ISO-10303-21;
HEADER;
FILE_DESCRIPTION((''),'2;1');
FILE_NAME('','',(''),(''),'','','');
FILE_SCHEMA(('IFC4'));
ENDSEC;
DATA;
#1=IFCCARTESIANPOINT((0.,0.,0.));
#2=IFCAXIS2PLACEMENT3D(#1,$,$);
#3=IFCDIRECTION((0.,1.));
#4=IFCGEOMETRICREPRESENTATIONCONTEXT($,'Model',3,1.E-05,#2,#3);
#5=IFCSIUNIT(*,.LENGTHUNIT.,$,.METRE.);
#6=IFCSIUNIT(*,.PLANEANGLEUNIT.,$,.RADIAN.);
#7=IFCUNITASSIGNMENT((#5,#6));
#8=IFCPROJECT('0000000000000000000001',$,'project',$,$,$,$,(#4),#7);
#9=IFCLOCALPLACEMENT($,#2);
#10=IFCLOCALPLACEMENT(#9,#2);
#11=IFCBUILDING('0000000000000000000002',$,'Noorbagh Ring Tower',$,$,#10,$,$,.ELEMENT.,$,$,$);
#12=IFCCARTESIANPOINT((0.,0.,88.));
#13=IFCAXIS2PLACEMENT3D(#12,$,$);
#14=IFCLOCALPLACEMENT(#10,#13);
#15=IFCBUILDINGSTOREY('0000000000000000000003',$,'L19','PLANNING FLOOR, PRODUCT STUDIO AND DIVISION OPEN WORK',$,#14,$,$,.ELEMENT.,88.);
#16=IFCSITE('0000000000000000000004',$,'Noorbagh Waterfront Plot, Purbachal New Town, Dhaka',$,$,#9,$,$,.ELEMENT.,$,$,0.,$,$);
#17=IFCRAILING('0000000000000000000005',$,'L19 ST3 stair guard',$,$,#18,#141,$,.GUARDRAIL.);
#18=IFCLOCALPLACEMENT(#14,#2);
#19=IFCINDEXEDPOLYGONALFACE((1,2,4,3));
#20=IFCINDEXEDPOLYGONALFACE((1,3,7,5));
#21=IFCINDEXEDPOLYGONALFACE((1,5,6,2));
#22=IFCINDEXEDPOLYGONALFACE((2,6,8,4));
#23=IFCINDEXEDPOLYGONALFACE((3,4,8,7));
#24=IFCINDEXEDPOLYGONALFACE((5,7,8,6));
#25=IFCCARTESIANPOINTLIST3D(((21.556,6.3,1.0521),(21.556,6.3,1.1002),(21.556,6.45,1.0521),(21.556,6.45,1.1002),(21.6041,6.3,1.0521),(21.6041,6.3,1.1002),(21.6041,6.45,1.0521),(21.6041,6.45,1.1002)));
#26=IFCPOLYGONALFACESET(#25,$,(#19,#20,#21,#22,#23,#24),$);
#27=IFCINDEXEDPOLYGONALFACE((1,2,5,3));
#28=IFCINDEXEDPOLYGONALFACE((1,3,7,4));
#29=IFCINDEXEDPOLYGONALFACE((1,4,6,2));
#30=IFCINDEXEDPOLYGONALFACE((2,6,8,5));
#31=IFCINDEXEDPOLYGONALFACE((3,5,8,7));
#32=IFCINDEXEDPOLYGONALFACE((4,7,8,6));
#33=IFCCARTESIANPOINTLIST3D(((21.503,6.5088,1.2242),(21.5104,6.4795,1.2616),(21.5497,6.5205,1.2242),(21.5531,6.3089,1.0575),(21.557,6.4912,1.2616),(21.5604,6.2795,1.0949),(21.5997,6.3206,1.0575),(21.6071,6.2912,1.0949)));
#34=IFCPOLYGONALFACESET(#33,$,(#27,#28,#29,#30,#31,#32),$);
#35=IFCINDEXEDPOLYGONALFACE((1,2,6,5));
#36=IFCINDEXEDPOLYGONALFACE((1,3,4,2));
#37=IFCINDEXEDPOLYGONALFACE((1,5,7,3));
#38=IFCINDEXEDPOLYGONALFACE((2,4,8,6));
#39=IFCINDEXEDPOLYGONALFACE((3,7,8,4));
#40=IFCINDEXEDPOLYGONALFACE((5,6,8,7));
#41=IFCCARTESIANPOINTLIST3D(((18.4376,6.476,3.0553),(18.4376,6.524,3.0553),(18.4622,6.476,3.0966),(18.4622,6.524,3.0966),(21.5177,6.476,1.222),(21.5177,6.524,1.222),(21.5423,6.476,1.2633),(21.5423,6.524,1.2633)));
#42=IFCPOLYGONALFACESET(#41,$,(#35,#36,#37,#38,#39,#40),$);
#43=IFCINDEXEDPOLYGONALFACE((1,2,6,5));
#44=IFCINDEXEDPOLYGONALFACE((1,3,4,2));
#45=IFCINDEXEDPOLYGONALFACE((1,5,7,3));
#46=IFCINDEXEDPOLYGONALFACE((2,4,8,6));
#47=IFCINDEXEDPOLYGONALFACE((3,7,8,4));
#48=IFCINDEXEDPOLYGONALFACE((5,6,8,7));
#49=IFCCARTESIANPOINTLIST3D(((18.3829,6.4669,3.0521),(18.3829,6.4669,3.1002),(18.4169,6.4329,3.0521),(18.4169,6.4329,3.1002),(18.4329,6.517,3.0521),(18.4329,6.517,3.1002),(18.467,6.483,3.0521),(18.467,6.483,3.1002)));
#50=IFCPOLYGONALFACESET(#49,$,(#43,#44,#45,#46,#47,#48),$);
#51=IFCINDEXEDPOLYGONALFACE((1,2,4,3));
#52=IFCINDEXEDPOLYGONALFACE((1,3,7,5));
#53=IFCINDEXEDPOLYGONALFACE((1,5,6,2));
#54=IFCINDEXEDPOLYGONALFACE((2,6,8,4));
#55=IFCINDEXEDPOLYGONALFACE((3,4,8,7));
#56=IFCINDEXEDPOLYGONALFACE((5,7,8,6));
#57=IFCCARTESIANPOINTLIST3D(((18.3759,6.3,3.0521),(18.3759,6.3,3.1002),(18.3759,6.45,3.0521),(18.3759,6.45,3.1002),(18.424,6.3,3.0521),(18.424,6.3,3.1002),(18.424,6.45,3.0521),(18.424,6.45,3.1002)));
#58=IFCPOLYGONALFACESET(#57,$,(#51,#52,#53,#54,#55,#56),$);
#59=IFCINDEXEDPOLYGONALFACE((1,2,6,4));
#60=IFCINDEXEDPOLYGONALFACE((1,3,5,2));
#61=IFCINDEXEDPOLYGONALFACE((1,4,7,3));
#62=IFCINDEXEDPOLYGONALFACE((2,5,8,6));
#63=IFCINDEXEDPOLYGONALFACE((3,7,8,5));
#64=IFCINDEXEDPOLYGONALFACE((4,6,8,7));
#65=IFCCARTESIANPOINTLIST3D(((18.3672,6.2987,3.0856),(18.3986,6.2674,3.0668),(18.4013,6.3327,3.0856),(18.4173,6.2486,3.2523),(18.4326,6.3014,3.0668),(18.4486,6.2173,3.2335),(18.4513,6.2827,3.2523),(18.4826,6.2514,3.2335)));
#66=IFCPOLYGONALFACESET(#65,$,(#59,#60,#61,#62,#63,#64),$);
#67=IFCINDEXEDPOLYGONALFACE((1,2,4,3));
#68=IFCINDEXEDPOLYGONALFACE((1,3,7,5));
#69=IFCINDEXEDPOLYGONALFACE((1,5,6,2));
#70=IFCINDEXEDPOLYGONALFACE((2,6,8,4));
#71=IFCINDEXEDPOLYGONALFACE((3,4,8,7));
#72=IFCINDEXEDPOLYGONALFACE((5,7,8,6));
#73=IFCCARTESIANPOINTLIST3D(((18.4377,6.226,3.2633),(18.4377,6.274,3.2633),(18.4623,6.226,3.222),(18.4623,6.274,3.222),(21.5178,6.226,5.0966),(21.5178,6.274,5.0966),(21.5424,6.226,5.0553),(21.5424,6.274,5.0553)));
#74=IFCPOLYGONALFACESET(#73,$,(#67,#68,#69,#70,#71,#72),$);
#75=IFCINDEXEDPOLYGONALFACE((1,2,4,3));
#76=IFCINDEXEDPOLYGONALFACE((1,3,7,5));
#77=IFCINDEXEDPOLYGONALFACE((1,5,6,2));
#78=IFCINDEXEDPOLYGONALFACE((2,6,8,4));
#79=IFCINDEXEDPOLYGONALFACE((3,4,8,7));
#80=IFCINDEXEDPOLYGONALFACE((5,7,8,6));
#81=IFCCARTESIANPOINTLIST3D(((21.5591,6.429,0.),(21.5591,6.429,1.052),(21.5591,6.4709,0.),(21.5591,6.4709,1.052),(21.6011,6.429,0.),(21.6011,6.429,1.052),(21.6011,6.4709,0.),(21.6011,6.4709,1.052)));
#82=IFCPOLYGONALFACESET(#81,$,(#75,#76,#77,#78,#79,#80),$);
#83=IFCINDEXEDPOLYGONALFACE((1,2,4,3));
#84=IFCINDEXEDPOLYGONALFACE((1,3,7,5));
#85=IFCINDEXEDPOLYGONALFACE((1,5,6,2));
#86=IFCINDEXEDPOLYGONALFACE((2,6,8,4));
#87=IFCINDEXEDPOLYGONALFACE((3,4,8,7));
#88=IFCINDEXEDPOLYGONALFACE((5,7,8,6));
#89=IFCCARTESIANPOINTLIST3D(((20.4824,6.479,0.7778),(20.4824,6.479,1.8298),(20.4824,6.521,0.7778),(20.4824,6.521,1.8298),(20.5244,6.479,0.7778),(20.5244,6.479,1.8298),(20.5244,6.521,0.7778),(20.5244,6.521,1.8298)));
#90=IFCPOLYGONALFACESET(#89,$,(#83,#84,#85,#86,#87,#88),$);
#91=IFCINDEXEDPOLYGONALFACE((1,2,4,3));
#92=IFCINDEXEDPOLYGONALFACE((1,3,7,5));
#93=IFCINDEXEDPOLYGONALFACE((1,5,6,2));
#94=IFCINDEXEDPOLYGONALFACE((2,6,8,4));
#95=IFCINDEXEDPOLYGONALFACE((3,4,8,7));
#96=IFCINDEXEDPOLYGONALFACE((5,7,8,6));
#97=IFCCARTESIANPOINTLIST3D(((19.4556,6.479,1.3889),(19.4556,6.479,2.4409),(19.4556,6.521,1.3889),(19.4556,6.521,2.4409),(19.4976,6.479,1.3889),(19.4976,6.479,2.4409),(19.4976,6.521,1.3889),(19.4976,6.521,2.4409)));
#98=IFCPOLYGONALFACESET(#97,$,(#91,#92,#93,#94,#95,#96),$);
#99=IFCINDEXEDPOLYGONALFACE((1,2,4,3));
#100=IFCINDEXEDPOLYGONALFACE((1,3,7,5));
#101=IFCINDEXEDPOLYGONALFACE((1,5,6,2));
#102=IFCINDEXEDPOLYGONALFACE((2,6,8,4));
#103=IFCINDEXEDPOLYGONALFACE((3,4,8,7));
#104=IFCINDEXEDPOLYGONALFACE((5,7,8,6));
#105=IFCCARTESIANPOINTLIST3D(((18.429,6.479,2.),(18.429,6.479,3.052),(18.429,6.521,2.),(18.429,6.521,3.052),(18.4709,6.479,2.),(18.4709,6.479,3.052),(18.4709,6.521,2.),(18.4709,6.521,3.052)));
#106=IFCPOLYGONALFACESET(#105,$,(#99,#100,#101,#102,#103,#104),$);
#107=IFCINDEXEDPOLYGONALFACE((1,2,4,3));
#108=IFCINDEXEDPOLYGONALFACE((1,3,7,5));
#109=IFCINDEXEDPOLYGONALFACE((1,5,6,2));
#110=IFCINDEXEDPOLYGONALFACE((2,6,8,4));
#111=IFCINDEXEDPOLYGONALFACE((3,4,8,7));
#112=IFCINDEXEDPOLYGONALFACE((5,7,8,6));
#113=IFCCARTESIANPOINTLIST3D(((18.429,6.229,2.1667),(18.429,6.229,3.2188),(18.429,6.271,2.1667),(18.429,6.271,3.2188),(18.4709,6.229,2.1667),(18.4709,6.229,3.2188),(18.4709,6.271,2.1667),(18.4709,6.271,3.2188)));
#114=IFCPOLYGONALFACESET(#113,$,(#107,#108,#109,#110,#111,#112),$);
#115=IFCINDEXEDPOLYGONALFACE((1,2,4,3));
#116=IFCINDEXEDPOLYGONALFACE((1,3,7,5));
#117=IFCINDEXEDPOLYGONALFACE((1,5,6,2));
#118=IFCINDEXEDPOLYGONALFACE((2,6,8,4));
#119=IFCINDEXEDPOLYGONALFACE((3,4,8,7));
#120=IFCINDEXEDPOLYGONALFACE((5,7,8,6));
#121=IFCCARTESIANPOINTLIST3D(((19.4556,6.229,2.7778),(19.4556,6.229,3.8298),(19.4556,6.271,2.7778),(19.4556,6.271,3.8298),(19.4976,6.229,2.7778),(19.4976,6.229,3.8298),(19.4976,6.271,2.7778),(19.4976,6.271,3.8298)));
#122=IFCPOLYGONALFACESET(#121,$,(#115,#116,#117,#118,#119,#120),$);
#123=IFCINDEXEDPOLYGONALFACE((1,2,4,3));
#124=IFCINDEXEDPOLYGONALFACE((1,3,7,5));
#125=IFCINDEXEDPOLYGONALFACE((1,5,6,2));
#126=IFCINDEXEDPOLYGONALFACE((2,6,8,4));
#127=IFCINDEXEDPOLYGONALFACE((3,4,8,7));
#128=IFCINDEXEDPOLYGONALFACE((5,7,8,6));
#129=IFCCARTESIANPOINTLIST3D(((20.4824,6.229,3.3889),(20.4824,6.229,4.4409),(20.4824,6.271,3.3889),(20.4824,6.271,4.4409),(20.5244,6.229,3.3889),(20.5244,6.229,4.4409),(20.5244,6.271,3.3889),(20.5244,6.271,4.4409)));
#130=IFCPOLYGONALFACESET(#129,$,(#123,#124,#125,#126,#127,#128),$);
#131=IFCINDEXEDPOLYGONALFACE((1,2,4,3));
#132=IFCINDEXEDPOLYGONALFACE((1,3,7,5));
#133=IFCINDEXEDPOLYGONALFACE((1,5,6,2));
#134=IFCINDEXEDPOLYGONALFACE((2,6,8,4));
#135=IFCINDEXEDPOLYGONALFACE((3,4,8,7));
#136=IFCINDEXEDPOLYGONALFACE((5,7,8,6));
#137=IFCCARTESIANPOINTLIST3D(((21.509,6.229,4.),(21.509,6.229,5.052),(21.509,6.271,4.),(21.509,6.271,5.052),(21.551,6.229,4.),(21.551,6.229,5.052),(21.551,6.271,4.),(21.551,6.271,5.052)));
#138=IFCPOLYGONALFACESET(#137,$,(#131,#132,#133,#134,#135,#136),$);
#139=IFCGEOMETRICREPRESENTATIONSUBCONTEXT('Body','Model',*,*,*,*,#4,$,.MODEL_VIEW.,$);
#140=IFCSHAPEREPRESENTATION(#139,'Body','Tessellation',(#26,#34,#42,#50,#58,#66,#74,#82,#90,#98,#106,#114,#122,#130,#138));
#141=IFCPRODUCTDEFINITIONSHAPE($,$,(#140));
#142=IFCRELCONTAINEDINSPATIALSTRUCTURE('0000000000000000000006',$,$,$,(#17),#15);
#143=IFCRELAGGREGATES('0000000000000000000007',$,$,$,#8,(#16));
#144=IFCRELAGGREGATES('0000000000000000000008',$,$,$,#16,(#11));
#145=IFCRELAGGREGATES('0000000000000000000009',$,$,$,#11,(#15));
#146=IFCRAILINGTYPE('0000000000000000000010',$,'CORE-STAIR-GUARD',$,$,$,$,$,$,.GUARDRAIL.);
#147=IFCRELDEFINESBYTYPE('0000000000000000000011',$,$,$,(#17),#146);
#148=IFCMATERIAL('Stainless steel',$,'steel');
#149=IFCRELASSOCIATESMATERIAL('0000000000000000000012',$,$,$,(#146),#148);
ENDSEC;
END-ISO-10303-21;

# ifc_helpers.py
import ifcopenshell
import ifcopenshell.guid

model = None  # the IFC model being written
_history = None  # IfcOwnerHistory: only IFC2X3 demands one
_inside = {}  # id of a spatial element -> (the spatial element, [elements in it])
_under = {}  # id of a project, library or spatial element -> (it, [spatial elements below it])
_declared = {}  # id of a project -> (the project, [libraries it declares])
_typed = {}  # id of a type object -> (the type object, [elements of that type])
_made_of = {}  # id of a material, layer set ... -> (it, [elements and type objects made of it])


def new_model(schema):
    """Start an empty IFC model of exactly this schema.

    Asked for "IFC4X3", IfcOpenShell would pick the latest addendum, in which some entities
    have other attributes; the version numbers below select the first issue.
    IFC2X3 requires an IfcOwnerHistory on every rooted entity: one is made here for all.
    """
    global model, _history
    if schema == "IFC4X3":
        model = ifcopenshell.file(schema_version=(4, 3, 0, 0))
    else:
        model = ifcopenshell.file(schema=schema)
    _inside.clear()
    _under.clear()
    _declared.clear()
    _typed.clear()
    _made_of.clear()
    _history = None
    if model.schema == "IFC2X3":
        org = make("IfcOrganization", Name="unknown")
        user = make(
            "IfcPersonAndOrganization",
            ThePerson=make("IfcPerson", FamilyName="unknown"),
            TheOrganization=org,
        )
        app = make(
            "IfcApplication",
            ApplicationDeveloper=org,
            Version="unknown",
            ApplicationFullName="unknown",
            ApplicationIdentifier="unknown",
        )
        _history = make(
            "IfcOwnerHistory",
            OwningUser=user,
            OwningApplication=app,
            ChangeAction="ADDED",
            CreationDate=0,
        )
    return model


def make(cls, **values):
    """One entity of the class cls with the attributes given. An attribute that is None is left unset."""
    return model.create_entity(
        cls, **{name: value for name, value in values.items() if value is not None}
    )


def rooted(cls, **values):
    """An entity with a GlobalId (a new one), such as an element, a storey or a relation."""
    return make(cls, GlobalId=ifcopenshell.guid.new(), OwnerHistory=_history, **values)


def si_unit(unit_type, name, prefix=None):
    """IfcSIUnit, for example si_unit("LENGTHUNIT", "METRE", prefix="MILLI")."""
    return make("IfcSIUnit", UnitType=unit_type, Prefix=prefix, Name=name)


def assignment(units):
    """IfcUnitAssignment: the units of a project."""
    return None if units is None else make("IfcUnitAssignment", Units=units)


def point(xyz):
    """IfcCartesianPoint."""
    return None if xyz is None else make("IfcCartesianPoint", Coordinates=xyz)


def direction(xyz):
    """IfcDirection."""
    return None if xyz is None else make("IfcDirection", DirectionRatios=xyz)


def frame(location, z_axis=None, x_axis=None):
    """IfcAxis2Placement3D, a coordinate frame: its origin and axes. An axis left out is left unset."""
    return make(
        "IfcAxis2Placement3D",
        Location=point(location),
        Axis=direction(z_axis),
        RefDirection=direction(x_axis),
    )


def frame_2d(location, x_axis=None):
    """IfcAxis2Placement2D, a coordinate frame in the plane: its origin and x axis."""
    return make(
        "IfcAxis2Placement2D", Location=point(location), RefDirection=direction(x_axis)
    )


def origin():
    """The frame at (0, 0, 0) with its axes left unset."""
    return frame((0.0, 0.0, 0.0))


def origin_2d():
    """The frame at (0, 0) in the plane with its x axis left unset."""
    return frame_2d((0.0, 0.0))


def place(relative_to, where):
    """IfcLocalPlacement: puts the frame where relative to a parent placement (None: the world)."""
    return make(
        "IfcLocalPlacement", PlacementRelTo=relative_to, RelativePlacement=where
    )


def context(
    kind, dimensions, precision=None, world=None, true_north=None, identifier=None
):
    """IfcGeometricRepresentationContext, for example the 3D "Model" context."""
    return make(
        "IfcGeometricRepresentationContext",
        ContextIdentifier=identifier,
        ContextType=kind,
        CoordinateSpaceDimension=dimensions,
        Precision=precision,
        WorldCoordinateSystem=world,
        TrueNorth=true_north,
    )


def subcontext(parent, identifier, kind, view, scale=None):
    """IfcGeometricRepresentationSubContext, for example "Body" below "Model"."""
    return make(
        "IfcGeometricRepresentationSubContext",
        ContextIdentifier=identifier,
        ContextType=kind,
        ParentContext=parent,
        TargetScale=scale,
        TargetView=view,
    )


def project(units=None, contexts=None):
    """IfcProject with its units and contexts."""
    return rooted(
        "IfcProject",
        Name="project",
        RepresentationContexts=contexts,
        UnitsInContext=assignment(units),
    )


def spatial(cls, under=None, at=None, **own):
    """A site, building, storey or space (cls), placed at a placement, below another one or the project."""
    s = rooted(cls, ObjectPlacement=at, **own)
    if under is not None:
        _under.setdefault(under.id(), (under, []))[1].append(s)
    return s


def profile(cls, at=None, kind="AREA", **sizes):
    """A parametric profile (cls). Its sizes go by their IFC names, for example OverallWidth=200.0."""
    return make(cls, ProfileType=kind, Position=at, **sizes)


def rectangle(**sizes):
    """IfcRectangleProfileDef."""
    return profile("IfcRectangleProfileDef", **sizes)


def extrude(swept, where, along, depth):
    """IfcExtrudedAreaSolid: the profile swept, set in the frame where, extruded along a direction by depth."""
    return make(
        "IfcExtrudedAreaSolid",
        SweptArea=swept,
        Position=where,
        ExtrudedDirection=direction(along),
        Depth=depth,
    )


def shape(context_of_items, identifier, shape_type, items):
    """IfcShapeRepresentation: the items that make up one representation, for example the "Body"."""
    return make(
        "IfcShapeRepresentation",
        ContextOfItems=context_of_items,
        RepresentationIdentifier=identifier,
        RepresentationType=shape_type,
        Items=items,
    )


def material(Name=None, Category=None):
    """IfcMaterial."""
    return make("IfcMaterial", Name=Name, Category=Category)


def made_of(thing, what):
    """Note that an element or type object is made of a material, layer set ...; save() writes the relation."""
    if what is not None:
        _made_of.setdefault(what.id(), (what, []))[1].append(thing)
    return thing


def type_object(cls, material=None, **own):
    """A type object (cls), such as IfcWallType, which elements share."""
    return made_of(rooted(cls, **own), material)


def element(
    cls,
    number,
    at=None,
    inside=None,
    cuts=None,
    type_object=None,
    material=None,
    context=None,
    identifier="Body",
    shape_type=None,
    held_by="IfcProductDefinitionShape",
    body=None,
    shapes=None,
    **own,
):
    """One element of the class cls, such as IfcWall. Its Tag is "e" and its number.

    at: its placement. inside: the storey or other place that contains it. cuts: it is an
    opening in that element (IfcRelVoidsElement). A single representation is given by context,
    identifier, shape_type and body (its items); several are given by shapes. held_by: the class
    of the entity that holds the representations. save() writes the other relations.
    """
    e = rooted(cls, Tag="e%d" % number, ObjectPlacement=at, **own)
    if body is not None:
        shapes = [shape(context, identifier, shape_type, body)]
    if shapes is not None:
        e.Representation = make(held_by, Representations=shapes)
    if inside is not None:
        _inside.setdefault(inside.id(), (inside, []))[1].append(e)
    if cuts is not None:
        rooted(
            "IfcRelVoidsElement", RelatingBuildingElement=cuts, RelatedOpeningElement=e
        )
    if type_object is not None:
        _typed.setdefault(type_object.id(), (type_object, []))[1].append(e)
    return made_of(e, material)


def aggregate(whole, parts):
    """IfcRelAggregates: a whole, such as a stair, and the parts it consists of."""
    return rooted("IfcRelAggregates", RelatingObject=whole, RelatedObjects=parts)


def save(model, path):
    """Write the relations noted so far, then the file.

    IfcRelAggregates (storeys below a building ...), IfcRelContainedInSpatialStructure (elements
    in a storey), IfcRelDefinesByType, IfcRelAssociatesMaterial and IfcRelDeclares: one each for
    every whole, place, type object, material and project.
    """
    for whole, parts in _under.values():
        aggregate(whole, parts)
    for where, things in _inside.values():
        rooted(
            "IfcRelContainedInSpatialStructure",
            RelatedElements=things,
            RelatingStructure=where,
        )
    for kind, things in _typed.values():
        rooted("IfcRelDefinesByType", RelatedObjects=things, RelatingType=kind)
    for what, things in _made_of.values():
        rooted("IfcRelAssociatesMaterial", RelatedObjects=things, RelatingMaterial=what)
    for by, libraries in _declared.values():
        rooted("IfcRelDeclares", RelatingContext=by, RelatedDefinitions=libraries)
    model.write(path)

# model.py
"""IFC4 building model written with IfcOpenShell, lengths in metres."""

from ifc_helpers import new_model, si_unit, direction, frame, origin, origin_2d, place, context, subcontext, project, spatial, rectangle, extrude, material, type_object, element, save


model = new_model("IFC4")

# Units and contexts
model_context = context("Model", 3, precision=1e-05, world=origin(), true_north=direction((0.0, 1.0)))
body_context = subcontext(model_context, "Body", "Model", "MODEL_VIEW")
ifc_project = project(units=[si_unit("LENGTHUNIT", "METRE"), si_unit("PLANEANGLEUNIT", "RADIAN")], contexts=[model_context])

# Site, building, storey
site_placement = place(None, origin())
site = spatial("IfcSite", under=ifc_project, at=site_placement, Name="Noorbagh Waterfront Plot, Purbachal New Town, Dhaka", CompositionType="ELEMENT", RefElevation=0.0)
building_placement = place(site_placement, origin())
building = spatial("IfcBuilding", under=site, at=building_placement, Name="Noorbagh Ring Tower", CompositionType="ELEMENT")
storey_placement = place(building_placement, frame((0.0, 0.0, 88.0)))
storey = spatial("IfcBuildingStorey", under=building, at=storey_placement, Name="L19", Description="PLANNING FLOOR, PRODUCT STUDIO AND DIVISION OPEN WORK", CompositionType="ELEMENT", Elevation=88.0)

# Railing
ifc_material_1 = material(Name="Stainless steel", Category="steel")
railing_type_1 = type_object("IfcRailingType", Name="CORE-STAIR-GUARD", PredefinedType="GUARDRAIL", material=ifc_material_1)
railing_1_placement = place(storey_placement, frame((21.5801, 6.45, 0.0)))
element("IfcRailing", 1, at=railing_1_placement, inside=storey, type_object=railing_type_1, Name="L19 ST3 stair guard", PredefinedType="GUARDRAIL", context=body_context, shape_type="SweptSolid", body=[
    extrude(rectangle(XDim=0.0481, YDim=0.0481, at=origin_2d()), frame((0.0, 0.0, 1.0762), z_axis=(0.0, -1.0, 0.0), x_axis=(1.0, 0.0, 0.0)), (0.0, 0.0, 1.0), 0.1499),
    extrude(rectangle(XDim=0.0481, YDim=0.0481, at=origin_2d()), frame((0.0, -0.1499, 1.0762), z_axis=(-0.188776, 0.754182, 0.628946), x_axis=(-0.970073, -0.242814, 0.0)), (0.0, 0.0, 1.0), 0.2651),
    extrude(rectangle(XDim=0.0481, YDim=0.0481, at=origin_2d()), frame((-0.05, 0.05, 1.2427), z_axis=(-0.859309, 0.0, 0.511458), x_axis=(0.0, -1.0, 0.0)), (0.0, 0.0, 1.0), 3.5845),
    extrude(rectangle(XDim=0.0481, YDim=0.0481, at=origin_2d()), frame((-3.1301, 0.05, 3.0762), z_axis=(-0.707107, -0.707107, 0.0), x_axis=(0.707107, -0.707107, 0.0)), (0.0, 0.0, 1.0), 0.0708),
    extrude(rectangle(XDim=0.0481, YDim=0.0481, at=origin_2d()), frame((-3.1802, 0.0, 3.0762), z_axis=(0.0, -1.0, 0.0), x_axis=(1.0, 0.0, 0.0)), (0.0, 0.0, 1.0), 0.1499),
    extrude(rectangle(XDim=0.0481, YDim=0.0481, at=origin_2d()), frame((-3.1802, -0.1499, 3.0762), z_axis=(0.276287, -0.276287, 0.920506), x_axis=(0.707107, 0.707107, 0.0)), (0.0, 0.0, 1.0), 0.1812),
    extrude(rectangle(XDim=0.0481, YDim=0.0481, at=origin_2d()), frame((-3.1301, -0.2, 3.2427), z_axis=(0.859309, 0.0, 0.511458), x_axis=(0.0, 1.0, 0.0)), (0.0, 0.0, 1.0), 3.5845),
    extrude(rectangle(XDim=0.042, YDim=0.042, at=origin_2d()), origin(), (0.0, 0.0, 1.0), 1.052),
    extrude(rectangle(XDim=0.042, YDim=0.042, at=origin_2d()), frame((-1.0767, 0.05, 0.7778)), (0.0, 0.0, 1.0), 1.052),
    extrude(rectangle(XDim=0.042, YDim=0.042, at=origin_2d()), frame((-2.1035, 0.05, 1.3889)), (0.0, 0.0, 1.0), 1.052),
    extrude(rectangle(XDim=0.042, YDim=0.042, at=origin_2d()), frame((-3.1301, 0.05, 2.0)), (0.0, 0.0, 1.0), 1.052),
    extrude(rectangle(XDim=0.042, YDim=0.042, at=origin_2d()), frame((-3.1301, -0.2, 2.1667)), (0.0, 0.0, 1.0), 1.052),
    extrude(rectangle(XDim=0.042, YDim=0.042, at=origin_2d()), frame((-2.1035, -0.2, 2.7778)), (0.0, 0.0, 1.0), 1.052),
    extrude(rectangle(XDim=0.042, YDim=0.042, at=origin_2d()), frame((-1.0767, -0.2, 3.3889)), (0.0, 0.0, 1.0), 1.052),
    extrude(rectangle(XDim=0.042, YDim=0.042, at=origin_2d()), frame((-0.05, -0.2, 4.0)), (0.0, 0.0, 1.0), 1.052),
])

save(model, "model.ifc")
